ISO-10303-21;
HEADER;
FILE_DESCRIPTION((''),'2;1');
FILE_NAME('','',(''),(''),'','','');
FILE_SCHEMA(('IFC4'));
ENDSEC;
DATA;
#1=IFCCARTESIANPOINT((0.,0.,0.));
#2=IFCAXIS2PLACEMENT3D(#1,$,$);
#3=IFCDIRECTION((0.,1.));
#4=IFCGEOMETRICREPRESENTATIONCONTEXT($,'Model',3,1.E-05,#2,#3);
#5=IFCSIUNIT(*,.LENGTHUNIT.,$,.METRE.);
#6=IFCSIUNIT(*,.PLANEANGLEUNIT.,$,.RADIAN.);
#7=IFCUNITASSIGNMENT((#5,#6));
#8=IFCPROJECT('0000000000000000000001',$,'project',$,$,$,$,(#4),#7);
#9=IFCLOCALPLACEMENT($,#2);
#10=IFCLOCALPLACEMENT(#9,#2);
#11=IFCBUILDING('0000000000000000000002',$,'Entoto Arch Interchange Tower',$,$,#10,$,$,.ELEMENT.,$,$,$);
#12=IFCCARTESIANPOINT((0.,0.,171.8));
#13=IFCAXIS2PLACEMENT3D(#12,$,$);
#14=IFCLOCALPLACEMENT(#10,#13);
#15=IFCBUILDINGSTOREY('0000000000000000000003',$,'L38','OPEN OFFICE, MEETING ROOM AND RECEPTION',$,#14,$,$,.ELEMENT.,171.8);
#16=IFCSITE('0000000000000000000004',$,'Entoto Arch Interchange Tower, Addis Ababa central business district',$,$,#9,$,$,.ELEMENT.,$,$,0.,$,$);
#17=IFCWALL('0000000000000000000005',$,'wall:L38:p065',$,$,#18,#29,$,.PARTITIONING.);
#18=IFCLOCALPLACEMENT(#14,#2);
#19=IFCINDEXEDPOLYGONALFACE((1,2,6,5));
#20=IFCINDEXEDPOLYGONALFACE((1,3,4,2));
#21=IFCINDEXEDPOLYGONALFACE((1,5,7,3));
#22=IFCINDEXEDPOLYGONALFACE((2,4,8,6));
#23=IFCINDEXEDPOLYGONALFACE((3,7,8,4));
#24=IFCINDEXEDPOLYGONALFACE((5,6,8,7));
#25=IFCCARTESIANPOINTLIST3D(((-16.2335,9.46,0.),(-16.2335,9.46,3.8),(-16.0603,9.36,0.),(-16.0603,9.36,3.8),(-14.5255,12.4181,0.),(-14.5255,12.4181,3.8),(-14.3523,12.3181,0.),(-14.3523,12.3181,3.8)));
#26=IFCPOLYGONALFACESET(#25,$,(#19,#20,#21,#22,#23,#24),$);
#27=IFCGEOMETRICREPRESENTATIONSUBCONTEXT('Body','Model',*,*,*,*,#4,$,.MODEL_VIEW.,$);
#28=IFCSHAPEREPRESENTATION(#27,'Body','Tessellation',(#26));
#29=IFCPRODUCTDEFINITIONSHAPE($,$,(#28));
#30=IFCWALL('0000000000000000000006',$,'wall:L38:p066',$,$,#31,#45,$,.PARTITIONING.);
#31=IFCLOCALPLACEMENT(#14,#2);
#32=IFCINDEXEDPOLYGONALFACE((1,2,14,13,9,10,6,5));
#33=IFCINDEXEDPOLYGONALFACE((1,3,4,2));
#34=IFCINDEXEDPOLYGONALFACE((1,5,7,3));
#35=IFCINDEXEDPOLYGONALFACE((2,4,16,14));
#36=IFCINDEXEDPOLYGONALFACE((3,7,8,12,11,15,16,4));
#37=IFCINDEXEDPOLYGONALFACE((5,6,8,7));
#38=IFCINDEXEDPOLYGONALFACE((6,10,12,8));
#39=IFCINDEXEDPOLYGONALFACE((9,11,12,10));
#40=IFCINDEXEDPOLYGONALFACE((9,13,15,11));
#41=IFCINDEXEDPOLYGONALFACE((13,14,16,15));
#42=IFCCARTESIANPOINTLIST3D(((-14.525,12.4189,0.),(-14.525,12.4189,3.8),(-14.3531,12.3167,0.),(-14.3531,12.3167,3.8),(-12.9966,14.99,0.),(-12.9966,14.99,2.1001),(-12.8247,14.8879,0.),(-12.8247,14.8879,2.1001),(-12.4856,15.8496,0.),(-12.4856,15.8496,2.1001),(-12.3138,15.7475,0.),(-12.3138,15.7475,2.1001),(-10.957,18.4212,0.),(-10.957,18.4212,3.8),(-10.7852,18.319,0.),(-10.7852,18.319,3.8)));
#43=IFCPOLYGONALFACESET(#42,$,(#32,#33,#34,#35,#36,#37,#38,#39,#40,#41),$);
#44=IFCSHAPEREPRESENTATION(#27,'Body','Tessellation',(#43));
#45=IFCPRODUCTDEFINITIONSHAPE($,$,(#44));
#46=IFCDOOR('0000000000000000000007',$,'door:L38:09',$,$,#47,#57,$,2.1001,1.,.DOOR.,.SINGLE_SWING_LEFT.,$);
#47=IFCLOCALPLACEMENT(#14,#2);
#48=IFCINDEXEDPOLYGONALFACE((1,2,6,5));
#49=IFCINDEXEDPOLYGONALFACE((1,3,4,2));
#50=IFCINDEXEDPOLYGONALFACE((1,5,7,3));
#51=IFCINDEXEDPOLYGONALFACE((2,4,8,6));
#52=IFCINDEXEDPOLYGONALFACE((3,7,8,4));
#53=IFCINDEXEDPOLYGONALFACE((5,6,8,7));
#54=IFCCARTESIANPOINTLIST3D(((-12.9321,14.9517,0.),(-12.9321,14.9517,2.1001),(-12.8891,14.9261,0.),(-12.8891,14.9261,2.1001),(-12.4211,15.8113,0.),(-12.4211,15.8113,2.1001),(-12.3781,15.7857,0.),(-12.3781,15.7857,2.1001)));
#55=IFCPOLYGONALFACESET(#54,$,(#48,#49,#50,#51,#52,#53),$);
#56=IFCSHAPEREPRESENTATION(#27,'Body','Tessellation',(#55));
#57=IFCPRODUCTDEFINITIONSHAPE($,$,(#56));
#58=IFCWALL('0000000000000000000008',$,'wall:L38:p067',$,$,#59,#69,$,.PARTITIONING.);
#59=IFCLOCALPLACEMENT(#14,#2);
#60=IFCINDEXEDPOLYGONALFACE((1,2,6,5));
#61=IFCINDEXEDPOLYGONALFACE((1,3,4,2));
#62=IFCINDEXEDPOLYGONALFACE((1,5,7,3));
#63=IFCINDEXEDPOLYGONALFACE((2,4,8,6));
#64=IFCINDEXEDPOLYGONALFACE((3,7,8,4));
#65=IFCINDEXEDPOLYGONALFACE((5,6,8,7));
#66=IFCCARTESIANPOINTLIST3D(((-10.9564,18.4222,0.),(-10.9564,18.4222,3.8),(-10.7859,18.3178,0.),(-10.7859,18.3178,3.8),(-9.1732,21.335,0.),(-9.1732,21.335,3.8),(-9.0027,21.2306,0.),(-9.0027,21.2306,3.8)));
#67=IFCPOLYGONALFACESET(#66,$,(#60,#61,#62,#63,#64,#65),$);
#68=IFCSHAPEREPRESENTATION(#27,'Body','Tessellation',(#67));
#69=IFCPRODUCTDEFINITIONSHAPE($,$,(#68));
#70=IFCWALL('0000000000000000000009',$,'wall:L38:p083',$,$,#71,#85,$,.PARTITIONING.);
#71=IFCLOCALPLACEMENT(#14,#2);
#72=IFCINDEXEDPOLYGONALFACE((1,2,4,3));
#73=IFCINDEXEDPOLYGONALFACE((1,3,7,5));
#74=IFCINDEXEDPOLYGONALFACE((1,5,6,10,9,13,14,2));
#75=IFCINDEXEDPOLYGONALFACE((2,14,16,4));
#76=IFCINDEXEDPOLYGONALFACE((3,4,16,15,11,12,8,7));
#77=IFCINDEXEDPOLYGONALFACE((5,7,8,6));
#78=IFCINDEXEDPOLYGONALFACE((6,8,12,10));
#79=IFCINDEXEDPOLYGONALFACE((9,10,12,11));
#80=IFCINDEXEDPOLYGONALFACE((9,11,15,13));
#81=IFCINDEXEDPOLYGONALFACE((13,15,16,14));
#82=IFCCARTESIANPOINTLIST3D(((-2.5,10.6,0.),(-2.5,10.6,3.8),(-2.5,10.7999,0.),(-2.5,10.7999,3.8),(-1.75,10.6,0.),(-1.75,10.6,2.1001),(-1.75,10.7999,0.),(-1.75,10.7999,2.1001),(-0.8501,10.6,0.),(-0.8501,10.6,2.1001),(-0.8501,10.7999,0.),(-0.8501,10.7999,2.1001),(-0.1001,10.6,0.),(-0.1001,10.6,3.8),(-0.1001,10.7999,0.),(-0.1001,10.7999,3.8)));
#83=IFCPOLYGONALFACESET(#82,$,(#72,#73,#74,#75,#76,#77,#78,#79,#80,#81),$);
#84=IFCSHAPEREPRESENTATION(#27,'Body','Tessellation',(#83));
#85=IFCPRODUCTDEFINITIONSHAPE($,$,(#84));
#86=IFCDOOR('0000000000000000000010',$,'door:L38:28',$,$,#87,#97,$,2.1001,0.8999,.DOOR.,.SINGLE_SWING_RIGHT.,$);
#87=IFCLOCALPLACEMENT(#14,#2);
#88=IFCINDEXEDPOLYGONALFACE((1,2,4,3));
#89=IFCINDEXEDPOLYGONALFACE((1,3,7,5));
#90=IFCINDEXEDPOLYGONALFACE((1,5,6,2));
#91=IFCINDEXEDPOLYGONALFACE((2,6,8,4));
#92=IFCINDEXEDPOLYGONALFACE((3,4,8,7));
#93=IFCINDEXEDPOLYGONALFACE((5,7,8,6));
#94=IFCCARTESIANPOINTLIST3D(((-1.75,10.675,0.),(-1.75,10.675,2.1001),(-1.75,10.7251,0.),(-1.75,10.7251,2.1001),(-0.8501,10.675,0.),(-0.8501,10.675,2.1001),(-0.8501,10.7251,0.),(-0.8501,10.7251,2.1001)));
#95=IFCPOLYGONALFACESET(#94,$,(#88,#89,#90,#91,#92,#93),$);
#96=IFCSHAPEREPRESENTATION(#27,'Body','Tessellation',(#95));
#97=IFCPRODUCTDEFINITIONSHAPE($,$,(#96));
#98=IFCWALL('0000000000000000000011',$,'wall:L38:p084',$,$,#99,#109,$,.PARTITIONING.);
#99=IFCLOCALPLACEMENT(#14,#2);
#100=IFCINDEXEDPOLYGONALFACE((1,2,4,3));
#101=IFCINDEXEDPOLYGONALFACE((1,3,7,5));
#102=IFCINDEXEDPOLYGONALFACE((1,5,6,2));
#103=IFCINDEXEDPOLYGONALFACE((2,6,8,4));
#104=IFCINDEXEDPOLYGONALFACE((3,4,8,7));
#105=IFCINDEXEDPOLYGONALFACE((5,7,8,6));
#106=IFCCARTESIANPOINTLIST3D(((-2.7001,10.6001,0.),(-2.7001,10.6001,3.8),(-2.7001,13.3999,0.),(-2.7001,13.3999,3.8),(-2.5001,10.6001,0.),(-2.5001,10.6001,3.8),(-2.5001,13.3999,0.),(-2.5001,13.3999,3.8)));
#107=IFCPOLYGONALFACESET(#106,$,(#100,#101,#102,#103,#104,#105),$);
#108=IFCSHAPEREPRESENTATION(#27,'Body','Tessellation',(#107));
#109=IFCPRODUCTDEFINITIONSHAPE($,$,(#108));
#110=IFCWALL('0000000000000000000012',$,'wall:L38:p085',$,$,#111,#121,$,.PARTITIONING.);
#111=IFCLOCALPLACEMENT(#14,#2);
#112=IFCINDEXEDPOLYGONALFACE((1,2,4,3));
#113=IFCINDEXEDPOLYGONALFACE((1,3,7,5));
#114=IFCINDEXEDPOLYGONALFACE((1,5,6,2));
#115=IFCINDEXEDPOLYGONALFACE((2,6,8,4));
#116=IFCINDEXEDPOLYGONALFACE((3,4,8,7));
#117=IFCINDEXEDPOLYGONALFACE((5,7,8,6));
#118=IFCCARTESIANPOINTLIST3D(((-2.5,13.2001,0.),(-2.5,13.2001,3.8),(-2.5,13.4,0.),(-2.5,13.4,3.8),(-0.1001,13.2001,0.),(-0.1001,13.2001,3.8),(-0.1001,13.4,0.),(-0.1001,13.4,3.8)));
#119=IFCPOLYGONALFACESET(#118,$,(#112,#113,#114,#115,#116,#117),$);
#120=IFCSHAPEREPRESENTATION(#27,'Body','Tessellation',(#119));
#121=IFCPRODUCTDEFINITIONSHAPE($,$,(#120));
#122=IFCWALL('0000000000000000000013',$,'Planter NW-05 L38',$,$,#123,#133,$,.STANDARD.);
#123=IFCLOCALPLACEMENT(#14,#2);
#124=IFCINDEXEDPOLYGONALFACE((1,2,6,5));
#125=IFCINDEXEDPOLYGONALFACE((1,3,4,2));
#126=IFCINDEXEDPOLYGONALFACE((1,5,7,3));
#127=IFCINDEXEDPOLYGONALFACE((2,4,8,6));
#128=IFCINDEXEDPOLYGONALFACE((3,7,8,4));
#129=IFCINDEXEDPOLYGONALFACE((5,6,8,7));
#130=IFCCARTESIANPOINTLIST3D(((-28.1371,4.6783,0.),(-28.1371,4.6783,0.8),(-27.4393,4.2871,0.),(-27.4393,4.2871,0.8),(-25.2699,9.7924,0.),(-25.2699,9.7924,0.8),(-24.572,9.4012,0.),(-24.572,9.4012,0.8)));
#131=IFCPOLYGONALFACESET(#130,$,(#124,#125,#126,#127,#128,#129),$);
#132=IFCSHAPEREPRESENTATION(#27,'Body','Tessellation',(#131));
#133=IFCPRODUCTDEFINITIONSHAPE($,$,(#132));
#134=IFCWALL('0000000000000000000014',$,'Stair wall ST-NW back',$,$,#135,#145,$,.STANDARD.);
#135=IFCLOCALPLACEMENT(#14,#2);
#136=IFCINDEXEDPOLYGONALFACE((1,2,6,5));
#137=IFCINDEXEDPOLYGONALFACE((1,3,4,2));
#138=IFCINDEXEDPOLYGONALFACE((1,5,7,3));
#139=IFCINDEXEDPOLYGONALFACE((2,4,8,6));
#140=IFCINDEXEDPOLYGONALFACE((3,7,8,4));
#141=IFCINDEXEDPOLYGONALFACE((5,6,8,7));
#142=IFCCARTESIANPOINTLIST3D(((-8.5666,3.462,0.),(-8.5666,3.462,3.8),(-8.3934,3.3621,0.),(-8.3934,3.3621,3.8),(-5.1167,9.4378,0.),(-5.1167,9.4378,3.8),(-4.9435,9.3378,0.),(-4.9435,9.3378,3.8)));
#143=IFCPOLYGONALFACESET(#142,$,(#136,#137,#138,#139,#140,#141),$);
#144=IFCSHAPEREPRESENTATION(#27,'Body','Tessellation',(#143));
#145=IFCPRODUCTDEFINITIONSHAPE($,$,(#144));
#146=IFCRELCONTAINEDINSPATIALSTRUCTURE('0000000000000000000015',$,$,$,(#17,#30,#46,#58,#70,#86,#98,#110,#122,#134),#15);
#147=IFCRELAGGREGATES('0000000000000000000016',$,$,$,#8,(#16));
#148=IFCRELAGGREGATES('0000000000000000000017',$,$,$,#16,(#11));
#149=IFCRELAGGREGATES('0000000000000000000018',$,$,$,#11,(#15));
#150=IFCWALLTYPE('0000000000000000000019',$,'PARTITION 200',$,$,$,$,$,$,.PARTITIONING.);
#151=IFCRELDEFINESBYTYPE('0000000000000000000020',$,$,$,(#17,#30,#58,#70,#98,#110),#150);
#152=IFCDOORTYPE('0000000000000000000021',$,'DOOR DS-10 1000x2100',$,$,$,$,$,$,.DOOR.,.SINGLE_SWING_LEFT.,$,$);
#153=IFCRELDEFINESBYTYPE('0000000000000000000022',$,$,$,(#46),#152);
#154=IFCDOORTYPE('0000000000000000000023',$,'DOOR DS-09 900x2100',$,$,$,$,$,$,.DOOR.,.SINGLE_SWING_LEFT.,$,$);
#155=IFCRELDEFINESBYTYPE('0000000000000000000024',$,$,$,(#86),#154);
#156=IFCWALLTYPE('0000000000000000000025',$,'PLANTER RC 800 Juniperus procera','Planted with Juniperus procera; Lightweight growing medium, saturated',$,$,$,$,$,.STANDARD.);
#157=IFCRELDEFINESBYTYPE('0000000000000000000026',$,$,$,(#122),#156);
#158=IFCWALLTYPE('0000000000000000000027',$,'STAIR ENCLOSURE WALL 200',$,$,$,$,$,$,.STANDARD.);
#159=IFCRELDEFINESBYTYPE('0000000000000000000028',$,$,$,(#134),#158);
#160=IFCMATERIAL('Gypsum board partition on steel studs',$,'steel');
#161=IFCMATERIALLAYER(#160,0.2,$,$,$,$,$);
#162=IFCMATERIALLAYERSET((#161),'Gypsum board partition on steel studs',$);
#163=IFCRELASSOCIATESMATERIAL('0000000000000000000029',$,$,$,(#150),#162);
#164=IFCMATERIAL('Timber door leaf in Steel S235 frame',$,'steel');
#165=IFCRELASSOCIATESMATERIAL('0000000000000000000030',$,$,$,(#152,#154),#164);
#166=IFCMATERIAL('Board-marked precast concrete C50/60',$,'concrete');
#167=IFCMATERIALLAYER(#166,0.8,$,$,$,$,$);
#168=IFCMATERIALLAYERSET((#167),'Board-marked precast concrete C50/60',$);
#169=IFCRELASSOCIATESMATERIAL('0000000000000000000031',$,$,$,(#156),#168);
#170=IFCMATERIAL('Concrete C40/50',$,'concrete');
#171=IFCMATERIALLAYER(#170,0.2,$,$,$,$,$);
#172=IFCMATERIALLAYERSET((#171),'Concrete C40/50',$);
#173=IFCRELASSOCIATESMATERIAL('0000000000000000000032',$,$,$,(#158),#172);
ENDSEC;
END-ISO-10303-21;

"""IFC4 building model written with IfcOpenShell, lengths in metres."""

from ifc_helpers import new_model, si_unit, direction, frame, frame_2d, origin, place, context, subcontext, project, spatial, rectangle, extrude, material, layer, layer_set, type_object, element, fill, save


model = new_model("IFC4")

# Units and contexts
model_context = context("Model", 3, precision=1e-05, world=origin(), true_north=direction((0.0, 1.0)))
body_context = subcontext(model_context, "Body", "Model", "MODEL_VIEW")
ifc_project = project(units=[si_unit("LENGTHUNIT", "METRE"), si_unit("PLANEANGLEUNIT", "RADIAN")], contexts=[model_context])

# Site, building, storey
site_placement = place(None, origin())
site = spatial("IfcSite", under=ifc_project, at=site_placement, Name="Entoto Arch Interchange Tower, Addis Ababa central business district", CompositionType="ELEMENT", RefElevation=0.0)
building_placement = place(site_placement, origin())
building = spatial("IfcBuilding", under=site, at=building_placement, Name="Entoto Arch Interchange Tower", CompositionType="ELEMENT")
storey_placement = place(building_placement, frame((0.0, 0.0, 171.8)))
storey = spatial("IfcBuildingStorey", under=building, at=storey_placement, Name="L38", Description="OPEN OFFICE, MEETING ROOM AND RECEPTION", CompositionType="ELEMENT", Elevation=171.8)

# Shared definitions
ifc_material_1 = material(Name="Gypsum board partition on steel studs", Category="steel")

# Shared definitions
ifc_layer_1 = layer(ifc_material_1, 0.2)
ifc_layer_set_1 = layer_set([ifc_layer_1], Name="Gypsum board partition on steel studs")
wall_type_1 = type_object("IfcWallType", Name="PARTITION 200", PredefinedType="PARTITIONING", material=ifc_layer_set_1)
ifc_material_2 = material(Name="Timber door leaf in Steel S235 frame", Category="steel")
door_type_1 = type_object("IfcDoorType", Name="DOOR DS-10 1000x2100", OperationType="SINGLE_SWING_LEFT", PredefinedType="DOOR", material=ifc_material_2)

# Wall
wall_1_placement = place(storey_placement, frame((-16.147, 9.4099, 0.0), z_axis=(0.0, 0.0, 1.0), x_axis=(0.500044, 0.866, 0.0)))
element("IfcWall", 1, at=wall_1_placement, inside=storey, type_object=wall_type_1, Name="wall:L38:p065", PredefinedType="PARTITIONING", context=body_context, shape_type="SweptSolid", body=[
    extrude(rectangle(XDim=3.4158, YDim=0.2, at=frame_2d((1.708, 0.0))), origin(), (0.0, 0.0, 1.0), 3.8),
])

# Wall, opening, door
wall_2_placement = place(storey_placement, frame((-14.439, 12.3679, 0.0), z_axis=(0.0, 0.0, 1.0), x_axis=(0.510969, 0.859599, 0.0)))
wall_2 = element("IfcWall", 2, at=wall_2_placement, inside=storey, type_object=wall_type_1, Name="wall:L38:p066", PredefinedType="PARTITIONING", context=body_context, shape_type="SweptSolid", body=[
    extrude(rectangle(XDim=6.9827, YDim=0.2, at=frame_2d((3.4912, 0.0))), origin(), (0.0, 0.0, 1.0), 3.8),
])
opening_1_placement = place(wall_2_placement, frame((2.991, 0.0, 0.0)))
opening_1 = element("IfcOpeningElement", 3, at=opening_1_placement, cuts=wall_2, PredefinedType="OPENING", context=body_context, shape_type="SweptSolid", body=[
    extrude(rectangle(XDim=1.0, YDim=2.1001, at=frame_2d((0.5, 1.05))), frame((0.0, 0.1099, 0.0), z_axis=(0.0, -1.0, 0.0), x_axis=(1.0, 0.0, 0.0)), (0.0, 0.0, 1.0), 0.22),
])
door_1_placement = place(opening_1_placement, origin())
door_1 = element("IfcDoor", 4, at=door_1_placement, inside=storey, type_object=door_type_1, Name="door:L38:09", OperationType="SINGLE_SWING_LEFT", OverallHeight=2.1001, OverallWidth=1.0, PredefinedType="DOOR", context=body_context, shape_type="SweptSolid", body=[
    extrude(rectangle(XDim=1.0, YDim=2.1001, at=frame_2d((0.5, 1.05))), frame((0.0, 0.0249, 0.0), z_axis=(0.0, -1.0, 0.0), x_axis=(1.0, 0.0, 0.0)), (0.0, 0.0, 1.0), 0.05),
])
fill(opening_1, door_1)

# Wall
wall_3_placement = place(storey_placement, frame((-10.8711, 18.3701, 0.0), z_axis=(0.0, 0.0, 1.0), x_axis=(0.522118, 0.852873, 0.0)))
element("IfcWall", 5, at=wall_3_placement, inside=storey, type_object=wall_type_1, Name="wall:L38:p067", PredefinedType="PARTITIONING", context=body_context, shape_type="SweptSolid", body=[
    extrude(rectangle(XDim=3.4153, YDim=0.2, at=frame_2d((1.7075, 0.0))), origin(), (0.0, 0.0, 1.0), 3.8),
])

# Wall, opening, door
wall_4_placement = place(storey_placement, frame((-0.1001, 10.7, 0.0), z_axis=(0.0, 0.0, 1.0), x_axis=(-1.0, 0.0, 0.0)))
wall_4 = element("IfcWall", 6, at=wall_4_placement, inside=storey, type_object=wall_type_1, Name="wall:L38:p083", PredefinedType="PARTITIONING", context=body_context, shape_type="SweptSolid", body=[
    extrude(rectangle(XDim=2.3999, YDim=0.2, at=frame_2d((1.2, 0.0))), origin(), (0.0, 0.0, 1.0), 3.8),
])
opening_2_placement = place(wall_4_placement, frame((0.75, 0.0, 0.0)))
opening_2 = element("IfcOpeningElement", 7, at=opening_2_placement, cuts=wall_4, PredefinedType="OPENING", context=body_context, shape_type="SweptSolid", body=[
    extrude(rectangle(XDim=0.8999, YDim=2.1001, at=frame_2d((0.45, 1.05))), frame((0.0, 0.1099, 0.0), z_axis=(0.0, -1.0, 0.0), x_axis=(1.0, 0.0, 0.0)), (0.0, 0.0, 1.0), 0.22),
])
door_type_2 = type_object("IfcDoorType", Name="DOOR DS-09 900x2100", OperationType="SINGLE_SWING_LEFT", PredefinedType="DOOR", material=ifc_material_2)
door_2_placement = place(opening_2_placement, origin())
door_2 = element("IfcDoor", 8, at=door_2_placement, inside=storey, type_object=door_type_2, Name="door:L38:28", OperationType="SINGLE_SWING_RIGHT", OverallHeight=2.1001, OverallWidth=0.8999, PredefinedType="DOOR", context=body_context, shape_type="SweptSolid", body=[
    extrude(rectangle(XDim=0.8999, YDim=2.1001, at=frame_2d((0.45, 1.05))), frame((0.0, 0.0249, 0.0), z_axis=(0.0, -1.0, 0.0), x_axis=(1.0, 0.0, 0.0)), (0.0, 0.0, 1.0), 0.05),
])
fill(opening_2, door_2)

# Walls
wall_5_placement = place(storey_placement, frame((-2.6001, 10.6001, 0.0), z_axis=(0.0, 0.0, 1.0), x_axis=(0.0, 1.0, 0.0)))
element("IfcWall", 9, at=wall_5_placement, inside=storey, type_object=wall_type_1, Name="wall:L38:p084", PredefinedType="PARTITIONING", context=body_context, shape_type="SweptSolid", body=[
    extrude(rectangle(XDim=2.7998, YDim=0.2, at=frame_2d((1.3999, 0.0))), origin(), (0.0, 0.0, 1.0), 3.8),
])
wall_6_placement = place(storey_placement, frame((-2.5, 13.3, 0.0), z_axis=(0.0, 0.0, 1.0), x_axis=(1.0, 0.0, 0.0)))
element("IfcWall", 10, at=wall_6_placement, inside=storey, type_object=wall_type_1, Name="wall:L38:p085", PredefinedType="PARTITIONING", context=body_context, shape_type="SweptSolid", body=[
    extrude(rectangle(XDim=2.3999, YDim=0.2, at=frame_2d((1.2, 0.0))), origin(), (0.0, 0.0, 1.0), 3.8),
])
ifc_material_3 = material(Name="Board-marked precast concrete C50/60", Category="concrete")
ifc_layer_2 = layer(ifc_material_3, 0.8)
ifc_layer_set_2 = layer_set([ifc_layer_2], Name="Board-marked precast concrete C50/60")
wall_type_2 = type_object("IfcWallType", Name="PLANTER RC 800 Juniperus procera", Description="Planted with Juniperus procera; Lightweight growing medium, saturated", PredefinedType="STANDARD", material=ifc_layer_set_2)
wall_7_placement = place(storey_placement, frame((-24.9209, 9.5969, 0.0), z_axis=(0.0, 0.0, 1.0), x_axis=(-0.489037, -0.872263, 0.0)))
element("IfcWall", 11, at=wall_7_placement, inside=storey, type_object=wall_type_2, Name="Planter NW-05 L38", PredefinedType="STANDARD", context=body_context, shape_type="SweptSolid", body=[
    extrude(rectangle(XDim=5.863, YDim=0.8, at=frame_2d((2.9316, 0.0))), origin(), (0.0, 0.0, 1.0), 0.8),
])
ifc_material_4 = material(Name="Concrete C40/50", Category="concrete")
ifc_layer_3 = layer(ifc_material_4, 0.2)
ifc_layer_set_3 = layer_set([ifc_layer_3], Name="Concrete C40/50")
wall_type_3 = type_object("IfcWallType", Name="STAIR ENCLOSURE WALL 200", PredefinedType="STANDARD", material=ifc_layer_set_3)
wall_8_placement = place(storey_placement, frame((-5.03, 9.3879, 0.0), z_axis=(0.0, 0.0, 1.0), x_axis=(-0.499979, -0.866038, 0.0)))
element("IfcWall", 12, at=wall_8_placement, inside=storey, type_object=wall_type_3, Name="Stair wall ST-NW back", PredefinedType="STANDARD", context=body_context, shape_type="SweptSolid", body=[
    extrude(rectangle(XDim=6.9001, YDim=0.2, at=frame_2d((3.4502, 0.0))), origin(), (0.0, 0.0, 1.0), 3.8),
])

save(model, "model.ifc")
